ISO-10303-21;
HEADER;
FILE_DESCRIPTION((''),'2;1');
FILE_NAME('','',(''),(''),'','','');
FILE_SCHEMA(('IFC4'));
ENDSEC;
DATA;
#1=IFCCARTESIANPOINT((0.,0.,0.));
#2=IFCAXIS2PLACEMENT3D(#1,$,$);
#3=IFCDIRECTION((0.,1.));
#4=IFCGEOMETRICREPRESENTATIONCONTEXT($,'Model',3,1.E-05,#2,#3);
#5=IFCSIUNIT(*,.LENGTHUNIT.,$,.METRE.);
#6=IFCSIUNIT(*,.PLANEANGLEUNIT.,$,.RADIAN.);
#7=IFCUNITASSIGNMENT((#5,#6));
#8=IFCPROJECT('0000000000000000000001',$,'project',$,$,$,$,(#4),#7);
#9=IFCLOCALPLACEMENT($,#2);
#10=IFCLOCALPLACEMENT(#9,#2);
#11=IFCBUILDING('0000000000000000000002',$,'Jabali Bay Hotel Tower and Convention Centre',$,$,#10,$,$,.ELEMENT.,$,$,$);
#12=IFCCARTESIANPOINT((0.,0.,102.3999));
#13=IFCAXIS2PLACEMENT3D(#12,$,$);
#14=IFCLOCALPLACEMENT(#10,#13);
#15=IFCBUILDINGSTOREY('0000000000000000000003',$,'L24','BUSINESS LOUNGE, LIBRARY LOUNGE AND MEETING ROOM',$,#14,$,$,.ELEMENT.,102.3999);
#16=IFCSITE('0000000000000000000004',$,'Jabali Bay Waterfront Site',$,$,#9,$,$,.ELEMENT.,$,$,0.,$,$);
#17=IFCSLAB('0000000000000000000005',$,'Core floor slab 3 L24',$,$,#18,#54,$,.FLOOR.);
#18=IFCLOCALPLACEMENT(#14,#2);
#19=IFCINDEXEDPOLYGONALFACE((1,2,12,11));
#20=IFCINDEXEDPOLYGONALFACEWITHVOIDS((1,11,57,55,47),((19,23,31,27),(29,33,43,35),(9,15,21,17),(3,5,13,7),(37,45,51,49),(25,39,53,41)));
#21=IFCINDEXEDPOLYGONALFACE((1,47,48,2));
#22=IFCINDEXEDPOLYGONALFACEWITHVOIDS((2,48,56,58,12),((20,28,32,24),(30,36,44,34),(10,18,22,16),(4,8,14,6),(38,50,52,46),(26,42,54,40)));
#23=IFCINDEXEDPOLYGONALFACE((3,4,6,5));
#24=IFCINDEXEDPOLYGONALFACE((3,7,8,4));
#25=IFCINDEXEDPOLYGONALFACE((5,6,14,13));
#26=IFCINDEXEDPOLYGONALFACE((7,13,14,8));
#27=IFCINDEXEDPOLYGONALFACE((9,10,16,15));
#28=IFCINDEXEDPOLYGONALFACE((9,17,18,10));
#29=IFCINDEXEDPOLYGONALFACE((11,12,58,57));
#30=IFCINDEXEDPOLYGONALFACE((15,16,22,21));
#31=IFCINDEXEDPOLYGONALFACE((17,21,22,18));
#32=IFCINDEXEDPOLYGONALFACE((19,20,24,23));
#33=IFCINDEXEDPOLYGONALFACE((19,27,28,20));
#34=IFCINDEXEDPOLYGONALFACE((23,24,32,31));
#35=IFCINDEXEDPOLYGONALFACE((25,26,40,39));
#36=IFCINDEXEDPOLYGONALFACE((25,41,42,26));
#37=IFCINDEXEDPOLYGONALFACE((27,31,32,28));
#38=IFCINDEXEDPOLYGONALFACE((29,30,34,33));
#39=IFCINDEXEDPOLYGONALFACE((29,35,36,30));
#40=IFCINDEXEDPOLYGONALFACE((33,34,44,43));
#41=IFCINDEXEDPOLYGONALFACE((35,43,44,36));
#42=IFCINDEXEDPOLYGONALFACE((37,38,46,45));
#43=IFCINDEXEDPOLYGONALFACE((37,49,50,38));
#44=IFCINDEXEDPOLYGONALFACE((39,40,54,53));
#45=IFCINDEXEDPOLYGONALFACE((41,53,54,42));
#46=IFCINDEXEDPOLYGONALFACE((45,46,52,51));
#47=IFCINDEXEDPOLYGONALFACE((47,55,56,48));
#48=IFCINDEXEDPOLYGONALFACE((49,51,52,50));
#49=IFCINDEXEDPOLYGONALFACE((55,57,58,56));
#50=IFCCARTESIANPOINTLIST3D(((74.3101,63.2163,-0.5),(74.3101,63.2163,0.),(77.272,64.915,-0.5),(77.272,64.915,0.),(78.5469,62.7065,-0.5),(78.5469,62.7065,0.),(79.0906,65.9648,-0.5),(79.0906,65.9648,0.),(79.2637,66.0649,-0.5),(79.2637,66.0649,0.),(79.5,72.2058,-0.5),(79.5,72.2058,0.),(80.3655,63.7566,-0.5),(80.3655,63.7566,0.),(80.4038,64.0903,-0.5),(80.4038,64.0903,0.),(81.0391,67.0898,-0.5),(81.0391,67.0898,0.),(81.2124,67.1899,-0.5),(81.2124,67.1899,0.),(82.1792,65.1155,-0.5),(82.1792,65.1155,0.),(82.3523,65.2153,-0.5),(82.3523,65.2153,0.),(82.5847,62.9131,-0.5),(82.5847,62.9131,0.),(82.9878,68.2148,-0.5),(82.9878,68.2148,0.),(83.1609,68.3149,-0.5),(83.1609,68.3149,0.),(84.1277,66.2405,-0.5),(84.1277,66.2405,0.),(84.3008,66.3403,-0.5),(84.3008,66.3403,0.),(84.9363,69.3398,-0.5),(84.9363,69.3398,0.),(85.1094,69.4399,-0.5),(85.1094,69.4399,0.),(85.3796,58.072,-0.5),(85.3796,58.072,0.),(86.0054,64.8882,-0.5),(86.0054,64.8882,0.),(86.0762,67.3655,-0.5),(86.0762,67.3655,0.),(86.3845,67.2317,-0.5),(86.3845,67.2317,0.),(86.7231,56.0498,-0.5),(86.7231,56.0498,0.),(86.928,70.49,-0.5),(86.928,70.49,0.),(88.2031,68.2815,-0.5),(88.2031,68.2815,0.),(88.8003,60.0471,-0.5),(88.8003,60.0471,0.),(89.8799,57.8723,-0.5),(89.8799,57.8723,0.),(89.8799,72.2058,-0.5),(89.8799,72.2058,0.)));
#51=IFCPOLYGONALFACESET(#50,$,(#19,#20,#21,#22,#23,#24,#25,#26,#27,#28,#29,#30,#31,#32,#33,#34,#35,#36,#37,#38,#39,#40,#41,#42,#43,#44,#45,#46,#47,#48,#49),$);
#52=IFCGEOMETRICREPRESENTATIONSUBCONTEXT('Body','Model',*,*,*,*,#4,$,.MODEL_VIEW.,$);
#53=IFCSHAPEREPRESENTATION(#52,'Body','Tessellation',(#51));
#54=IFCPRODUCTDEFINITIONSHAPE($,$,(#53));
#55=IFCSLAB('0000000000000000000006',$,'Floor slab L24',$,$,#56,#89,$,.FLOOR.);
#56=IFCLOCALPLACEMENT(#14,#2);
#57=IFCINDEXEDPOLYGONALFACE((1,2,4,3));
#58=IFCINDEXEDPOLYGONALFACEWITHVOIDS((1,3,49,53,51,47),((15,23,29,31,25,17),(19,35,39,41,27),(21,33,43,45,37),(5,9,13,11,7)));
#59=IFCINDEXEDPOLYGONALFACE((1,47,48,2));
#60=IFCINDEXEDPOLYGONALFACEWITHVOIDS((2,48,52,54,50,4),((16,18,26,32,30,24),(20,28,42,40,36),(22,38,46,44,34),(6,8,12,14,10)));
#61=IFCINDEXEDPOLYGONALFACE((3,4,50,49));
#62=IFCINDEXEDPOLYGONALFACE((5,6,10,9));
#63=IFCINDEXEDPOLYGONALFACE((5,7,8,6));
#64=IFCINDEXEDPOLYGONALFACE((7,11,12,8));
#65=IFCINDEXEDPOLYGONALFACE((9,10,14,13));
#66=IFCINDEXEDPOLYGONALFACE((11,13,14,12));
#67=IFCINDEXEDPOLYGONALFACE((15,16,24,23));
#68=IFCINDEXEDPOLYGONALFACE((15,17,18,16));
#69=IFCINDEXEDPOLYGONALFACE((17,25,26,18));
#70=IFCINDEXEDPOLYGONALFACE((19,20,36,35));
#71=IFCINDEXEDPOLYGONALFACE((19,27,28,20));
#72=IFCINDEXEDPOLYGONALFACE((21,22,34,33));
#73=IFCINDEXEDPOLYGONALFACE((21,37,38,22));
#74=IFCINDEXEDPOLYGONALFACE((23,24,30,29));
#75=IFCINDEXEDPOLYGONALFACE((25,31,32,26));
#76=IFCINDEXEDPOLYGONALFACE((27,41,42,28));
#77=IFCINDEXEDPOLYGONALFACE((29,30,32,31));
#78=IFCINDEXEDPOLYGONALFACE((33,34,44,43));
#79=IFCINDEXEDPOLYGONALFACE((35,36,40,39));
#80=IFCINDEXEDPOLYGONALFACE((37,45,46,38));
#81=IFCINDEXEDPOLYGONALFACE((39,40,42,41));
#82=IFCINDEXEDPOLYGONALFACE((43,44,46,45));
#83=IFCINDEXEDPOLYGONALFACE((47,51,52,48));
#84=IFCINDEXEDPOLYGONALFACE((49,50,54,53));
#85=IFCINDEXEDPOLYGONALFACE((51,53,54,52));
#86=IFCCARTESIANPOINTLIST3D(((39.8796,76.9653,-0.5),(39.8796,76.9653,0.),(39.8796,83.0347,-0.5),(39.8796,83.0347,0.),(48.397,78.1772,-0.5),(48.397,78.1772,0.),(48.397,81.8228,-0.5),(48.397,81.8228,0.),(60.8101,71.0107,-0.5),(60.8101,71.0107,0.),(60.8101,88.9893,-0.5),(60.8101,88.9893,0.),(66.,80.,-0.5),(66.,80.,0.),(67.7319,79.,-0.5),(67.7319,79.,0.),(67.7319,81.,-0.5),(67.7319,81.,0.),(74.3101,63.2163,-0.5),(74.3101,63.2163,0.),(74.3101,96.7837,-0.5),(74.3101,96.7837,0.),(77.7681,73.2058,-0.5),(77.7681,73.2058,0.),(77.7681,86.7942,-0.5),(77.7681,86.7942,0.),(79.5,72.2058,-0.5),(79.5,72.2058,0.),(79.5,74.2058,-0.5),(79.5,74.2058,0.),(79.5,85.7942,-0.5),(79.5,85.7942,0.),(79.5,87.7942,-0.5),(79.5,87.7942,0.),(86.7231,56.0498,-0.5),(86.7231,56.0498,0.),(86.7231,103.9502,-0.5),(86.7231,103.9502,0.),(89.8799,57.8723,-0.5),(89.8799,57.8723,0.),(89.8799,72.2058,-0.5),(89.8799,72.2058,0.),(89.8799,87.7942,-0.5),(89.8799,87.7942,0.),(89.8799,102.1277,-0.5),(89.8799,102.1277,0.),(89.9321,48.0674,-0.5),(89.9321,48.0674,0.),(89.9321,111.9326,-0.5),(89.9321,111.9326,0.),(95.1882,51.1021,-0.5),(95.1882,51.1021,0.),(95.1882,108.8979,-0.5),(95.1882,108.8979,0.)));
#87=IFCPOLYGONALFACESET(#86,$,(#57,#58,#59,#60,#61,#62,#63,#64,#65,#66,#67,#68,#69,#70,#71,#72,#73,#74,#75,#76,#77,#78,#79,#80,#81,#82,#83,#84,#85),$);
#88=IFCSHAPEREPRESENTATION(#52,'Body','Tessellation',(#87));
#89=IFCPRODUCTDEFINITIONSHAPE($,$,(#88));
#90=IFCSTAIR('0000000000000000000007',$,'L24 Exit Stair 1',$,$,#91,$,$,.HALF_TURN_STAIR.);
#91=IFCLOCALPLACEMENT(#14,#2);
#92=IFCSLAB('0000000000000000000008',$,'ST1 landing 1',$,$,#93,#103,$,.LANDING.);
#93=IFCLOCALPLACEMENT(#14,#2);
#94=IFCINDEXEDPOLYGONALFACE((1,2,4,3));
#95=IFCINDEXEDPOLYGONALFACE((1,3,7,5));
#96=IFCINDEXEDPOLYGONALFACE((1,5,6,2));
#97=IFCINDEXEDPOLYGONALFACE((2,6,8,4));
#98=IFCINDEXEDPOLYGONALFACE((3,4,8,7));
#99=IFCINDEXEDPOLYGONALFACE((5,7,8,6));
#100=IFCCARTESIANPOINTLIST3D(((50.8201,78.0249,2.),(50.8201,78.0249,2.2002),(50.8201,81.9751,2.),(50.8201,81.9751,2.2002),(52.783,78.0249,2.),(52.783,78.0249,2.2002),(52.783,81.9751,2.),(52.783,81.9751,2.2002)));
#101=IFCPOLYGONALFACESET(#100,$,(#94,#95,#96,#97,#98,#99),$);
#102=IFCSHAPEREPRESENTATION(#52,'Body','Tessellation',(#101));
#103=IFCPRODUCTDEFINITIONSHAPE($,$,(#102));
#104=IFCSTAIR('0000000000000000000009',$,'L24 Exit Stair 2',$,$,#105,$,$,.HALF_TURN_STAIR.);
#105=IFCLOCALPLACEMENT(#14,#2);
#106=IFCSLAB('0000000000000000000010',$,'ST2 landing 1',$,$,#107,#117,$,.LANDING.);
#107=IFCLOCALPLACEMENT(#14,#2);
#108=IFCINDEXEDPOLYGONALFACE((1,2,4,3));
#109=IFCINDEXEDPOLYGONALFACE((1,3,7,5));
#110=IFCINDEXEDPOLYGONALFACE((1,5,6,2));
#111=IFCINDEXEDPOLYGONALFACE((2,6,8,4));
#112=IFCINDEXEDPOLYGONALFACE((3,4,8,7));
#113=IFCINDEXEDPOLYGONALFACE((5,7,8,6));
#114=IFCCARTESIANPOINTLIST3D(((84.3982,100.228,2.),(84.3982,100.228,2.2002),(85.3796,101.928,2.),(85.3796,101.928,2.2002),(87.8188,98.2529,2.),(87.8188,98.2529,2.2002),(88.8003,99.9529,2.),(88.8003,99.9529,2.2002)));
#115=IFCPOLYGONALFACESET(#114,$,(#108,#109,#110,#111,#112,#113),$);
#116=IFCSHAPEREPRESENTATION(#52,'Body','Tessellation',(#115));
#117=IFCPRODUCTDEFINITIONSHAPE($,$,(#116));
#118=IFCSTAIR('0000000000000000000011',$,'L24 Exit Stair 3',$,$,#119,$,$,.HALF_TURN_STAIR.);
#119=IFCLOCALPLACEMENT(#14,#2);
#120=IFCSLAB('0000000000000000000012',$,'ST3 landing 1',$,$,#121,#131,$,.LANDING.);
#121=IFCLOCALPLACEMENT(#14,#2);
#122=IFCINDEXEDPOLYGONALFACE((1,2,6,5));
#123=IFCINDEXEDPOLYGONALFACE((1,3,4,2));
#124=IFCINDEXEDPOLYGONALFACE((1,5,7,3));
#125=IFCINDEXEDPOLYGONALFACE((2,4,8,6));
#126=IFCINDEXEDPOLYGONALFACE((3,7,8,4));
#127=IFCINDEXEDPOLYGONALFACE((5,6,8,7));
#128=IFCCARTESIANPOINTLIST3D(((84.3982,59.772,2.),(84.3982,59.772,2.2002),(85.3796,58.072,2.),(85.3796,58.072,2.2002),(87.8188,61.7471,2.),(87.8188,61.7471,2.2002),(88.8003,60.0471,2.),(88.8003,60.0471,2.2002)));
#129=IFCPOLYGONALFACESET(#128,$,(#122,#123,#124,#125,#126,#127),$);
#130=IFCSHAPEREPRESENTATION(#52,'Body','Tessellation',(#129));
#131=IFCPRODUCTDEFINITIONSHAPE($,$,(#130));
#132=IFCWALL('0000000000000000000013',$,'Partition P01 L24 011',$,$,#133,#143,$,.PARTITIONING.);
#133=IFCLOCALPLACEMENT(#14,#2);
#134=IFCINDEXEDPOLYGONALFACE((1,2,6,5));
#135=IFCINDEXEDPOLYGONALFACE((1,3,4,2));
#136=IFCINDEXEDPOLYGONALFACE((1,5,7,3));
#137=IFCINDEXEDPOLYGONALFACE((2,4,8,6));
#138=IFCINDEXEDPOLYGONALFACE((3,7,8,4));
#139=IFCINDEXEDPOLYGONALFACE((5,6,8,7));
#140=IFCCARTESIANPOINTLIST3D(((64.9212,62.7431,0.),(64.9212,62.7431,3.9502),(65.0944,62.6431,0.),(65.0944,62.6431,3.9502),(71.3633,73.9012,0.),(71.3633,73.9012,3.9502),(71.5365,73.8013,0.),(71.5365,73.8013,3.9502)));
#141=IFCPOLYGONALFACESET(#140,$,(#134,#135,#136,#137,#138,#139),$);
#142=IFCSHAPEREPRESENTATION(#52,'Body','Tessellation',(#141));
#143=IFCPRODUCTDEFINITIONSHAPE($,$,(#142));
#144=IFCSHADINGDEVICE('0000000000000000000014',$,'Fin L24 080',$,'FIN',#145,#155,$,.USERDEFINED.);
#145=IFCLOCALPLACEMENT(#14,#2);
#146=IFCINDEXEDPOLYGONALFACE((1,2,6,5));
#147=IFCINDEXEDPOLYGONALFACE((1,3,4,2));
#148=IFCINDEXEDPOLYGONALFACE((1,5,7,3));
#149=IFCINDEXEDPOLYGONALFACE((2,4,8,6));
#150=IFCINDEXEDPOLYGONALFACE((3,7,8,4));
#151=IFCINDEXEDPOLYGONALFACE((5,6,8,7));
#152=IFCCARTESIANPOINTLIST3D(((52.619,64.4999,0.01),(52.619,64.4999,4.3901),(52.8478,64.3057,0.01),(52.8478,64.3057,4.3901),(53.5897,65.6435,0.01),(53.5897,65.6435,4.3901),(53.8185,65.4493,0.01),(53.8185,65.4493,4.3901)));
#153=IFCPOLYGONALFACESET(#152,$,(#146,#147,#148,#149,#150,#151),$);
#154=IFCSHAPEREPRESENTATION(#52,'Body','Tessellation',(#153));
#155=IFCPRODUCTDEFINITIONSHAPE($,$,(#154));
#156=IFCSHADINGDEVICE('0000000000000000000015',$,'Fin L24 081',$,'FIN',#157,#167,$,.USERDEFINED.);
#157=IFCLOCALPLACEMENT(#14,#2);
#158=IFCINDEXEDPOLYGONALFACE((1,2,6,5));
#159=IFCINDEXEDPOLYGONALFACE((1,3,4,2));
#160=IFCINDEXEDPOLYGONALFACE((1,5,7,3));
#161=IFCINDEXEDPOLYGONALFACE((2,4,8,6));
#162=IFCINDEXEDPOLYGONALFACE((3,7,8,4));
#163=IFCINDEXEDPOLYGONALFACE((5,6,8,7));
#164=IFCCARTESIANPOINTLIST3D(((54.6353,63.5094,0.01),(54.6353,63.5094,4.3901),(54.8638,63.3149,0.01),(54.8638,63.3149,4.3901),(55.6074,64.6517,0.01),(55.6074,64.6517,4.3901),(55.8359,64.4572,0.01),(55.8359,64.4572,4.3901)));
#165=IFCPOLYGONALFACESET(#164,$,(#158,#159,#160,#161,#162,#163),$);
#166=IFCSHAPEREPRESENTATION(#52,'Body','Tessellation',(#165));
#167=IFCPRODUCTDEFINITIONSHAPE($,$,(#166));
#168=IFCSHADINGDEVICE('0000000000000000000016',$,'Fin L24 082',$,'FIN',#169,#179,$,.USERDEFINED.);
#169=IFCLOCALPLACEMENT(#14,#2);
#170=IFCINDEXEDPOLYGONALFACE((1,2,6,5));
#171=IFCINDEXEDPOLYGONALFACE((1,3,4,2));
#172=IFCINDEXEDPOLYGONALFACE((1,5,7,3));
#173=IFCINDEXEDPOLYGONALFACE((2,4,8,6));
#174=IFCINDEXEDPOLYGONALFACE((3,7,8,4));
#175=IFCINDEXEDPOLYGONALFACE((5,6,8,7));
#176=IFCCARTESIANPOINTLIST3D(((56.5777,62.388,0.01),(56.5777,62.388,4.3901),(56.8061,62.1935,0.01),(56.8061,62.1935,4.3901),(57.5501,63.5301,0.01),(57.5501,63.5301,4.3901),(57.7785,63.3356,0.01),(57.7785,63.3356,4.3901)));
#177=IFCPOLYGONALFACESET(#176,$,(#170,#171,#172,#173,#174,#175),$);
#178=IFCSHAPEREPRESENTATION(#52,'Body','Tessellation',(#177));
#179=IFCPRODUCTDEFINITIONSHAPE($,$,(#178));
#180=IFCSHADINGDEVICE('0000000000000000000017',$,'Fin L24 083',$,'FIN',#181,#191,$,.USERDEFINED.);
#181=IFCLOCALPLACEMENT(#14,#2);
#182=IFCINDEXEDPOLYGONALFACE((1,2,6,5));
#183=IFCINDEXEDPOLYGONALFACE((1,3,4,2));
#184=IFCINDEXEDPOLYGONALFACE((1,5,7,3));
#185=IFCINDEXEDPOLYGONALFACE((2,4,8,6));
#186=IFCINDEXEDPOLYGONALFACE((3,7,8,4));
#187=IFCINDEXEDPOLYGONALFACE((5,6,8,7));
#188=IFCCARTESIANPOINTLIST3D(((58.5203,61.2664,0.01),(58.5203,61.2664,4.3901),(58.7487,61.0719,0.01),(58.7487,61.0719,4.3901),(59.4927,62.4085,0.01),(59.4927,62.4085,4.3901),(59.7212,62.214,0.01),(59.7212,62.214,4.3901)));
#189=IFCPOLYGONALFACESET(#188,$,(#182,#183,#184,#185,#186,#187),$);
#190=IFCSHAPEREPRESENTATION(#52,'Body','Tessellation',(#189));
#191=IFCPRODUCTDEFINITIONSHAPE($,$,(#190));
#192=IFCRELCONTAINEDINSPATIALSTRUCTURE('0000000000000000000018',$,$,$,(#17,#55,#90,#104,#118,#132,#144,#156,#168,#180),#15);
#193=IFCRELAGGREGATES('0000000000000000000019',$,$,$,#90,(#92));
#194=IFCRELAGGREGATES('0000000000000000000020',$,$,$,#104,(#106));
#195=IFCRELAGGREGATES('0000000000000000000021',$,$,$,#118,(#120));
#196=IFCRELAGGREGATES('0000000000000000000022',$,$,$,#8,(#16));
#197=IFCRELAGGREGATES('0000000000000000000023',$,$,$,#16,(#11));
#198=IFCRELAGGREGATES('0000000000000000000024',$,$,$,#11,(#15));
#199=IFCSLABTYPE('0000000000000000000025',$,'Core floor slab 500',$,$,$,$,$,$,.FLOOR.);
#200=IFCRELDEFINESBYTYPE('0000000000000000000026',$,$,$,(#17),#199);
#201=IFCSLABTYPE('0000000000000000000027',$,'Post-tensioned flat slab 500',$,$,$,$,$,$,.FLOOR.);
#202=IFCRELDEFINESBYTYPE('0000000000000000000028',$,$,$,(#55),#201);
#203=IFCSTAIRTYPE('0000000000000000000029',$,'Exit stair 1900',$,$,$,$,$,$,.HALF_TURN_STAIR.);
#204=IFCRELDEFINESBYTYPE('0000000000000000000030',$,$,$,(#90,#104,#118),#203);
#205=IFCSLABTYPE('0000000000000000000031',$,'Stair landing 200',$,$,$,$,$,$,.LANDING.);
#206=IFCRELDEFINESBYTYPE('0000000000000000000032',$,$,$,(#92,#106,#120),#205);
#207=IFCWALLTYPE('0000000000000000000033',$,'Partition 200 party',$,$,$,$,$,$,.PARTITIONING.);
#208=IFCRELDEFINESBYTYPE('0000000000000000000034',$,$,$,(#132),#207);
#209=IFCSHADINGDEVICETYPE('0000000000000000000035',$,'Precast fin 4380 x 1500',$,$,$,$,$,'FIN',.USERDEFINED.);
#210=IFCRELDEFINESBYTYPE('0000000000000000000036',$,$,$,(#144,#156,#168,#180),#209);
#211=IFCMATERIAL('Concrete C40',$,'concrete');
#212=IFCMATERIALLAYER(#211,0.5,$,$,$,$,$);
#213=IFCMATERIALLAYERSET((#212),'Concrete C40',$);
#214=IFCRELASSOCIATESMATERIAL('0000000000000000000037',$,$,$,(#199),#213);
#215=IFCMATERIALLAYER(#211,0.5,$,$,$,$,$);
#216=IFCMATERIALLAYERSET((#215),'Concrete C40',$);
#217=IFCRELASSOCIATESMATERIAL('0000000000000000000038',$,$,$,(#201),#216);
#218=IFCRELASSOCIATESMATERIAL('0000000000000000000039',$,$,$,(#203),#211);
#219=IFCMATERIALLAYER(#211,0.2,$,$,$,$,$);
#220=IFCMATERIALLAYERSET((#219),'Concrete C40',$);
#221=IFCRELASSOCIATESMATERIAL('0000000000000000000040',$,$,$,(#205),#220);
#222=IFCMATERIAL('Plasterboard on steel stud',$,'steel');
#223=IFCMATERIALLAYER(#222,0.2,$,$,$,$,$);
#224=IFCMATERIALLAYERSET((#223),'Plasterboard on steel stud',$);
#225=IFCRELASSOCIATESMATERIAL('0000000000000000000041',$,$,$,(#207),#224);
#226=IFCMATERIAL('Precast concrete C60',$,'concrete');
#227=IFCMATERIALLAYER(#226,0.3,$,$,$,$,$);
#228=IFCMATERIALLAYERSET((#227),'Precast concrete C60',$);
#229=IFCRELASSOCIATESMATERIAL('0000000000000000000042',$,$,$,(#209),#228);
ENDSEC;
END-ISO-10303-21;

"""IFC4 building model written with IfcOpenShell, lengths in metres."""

from ifc_helpers import new_model, si_unit, direction, frame, frame_2d, origin, place, context, subcontext, project, spatial, polyline, rectangle, outline, extrude, material, layer, layer_set, type_object, element, aggregate, save


model = new_model("IFC4")

# Units and contexts
model_context = context("Model", 3, precision=1e-05, world=origin(), true_north=direction((0.0, 1.0)))
body_context = subcontext(model_context, "Body", "Model", "MODEL_VIEW")
ifc_project = project(units=[si_unit("LENGTHUNIT", "METRE"), si_unit("PLANEANGLEUNIT", "RADIAN")], contexts=[model_context])

# Site, building, storey
site_placement = place(None, origin())
site = spatial("IfcSite", under=ifc_project, at=site_placement, Name="Jabali Bay Waterfront Site", CompositionType="ELEMENT", RefElevation=0.0)
building_placement = place(site_placement, origin())
building = spatial("IfcBuilding", under=site, at=building_placement, Name="Jabali Bay Hotel Tower and Convention Centre", CompositionType="ELEMENT")
storey_placement = place(building_placement, frame((0.0, 0.0, 102.3999)))
storey = spatial("IfcBuildingStorey", under=building, at=storey_placement, Name="L24", Description="BUSINESS LOUNGE, LIBRARY LOUNGE AND MEETING ROOM", CompositionType="ELEMENT", Elevation=102.3999)

# Slabs
ifc_material_1 = material(Name="Concrete C40", Category="concrete")
ifc_layer_1 = layer(ifc_material_1, 0.5)
ifc_layer_set_1 = layer_set([ifc_layer_1], Name="Concrete C40")
slab_type_1 = type_object("IfcSlabType", Name="Core floor slab 500", PredefinedType="FLOOR", material=ifc_layer_set_1)
slab_1_placement = place(storey_placement, frame((0.0, 0.0, -0.5)))
element("IfcSlab", 1, at=slab_1_placement, inside=storey, type_object=slab_type_1, Name="Core floor slab 3 L24", PredefinedType="FLOOR", context=body_context, shape_type="SweptSolid", body=[
    extrude(outline(polyline([(79.5, 72.2058), (74.3101, 63.2163), (86.7231, 56.0498), (89.8799, 57.8723), (89.8799, 72.2058), (79.5, 72.2058)]), holes=[polyline([(82.5847, 62.9131), (85.3796, 58.072), (88.8003, 60.0471), (86.0054, 64.8882), (82.5847, 62.9131)]), polyline([(80.3655, 63.7566), (79.0906, 65.9648), (77.272, 64.915), (78.5469, 62.7065), (80.3655, 63.7566)]), polyline([(82.1792, 65.1155), (81.0391, 67.0898), (79.2637, 66.0649), (80.4038, 64.0903), (82.1792, 65.1155)]), polyline([(82.9878, 68.2148), (81.2124, 67.1899), (82.3523, 65.2153), (84.1277, 66.2405), (82.9878, 68.2148)]), polyline([(86.0762, 67.3655), (84.9363, 69.3398), (83.1609, 68.3149), (84.3008, 66.3403), (86.0762, 67.3655)]), polyline([(88.2031, 68.2815), (86.928, 70.49), (85.1094, 69.4399), (86.3845, 67.2317), (88.2031, 68.2815)])]), origin(), (0.0, 0.0, 1.0), 0.5),
])
ifc_layer_2 = layer(ifc_material_1, 0.5)
ifc_layer_set_2 = layer_set([ifc_layer_2], Name="Concrete C40")
slab_type_2 = type_object("IfcSlabType", Name="Post-tensioned flat slab 500", PredefinedType="FLOOR", material=ifc_layer_set_2)
slab_2_placement = place(storey_placement, frame((0.0, 0.0, -0.5)))
element("IfcSlab", 2, at=slab_2_placement, inside=storey, type_object=slab_type_2, Name="Floor slab L24", PredefinedType="FLOOR", context=body_context, shape_type="SweptSolid", body=[
    extrude(outline(polyline([(89.9321, 111.9326), (95.1882, 108.8979), (95.1882, 51.1021), (89.9321, 48.0674), (39.8796, 76.9653), (39.8796, 83.0347), (89.9321, 111.9326)]), holes=[polyline([(67.7319, 79.0), (77.7681, 73.2058), (79.5, 74.2058), (79.5, 85.7942), (77.7681, 86.7942), (67.7319, 81.0), (67.7319, 79.0)]), polyline([(48.397, 78.1772), (60.8101, 71.0107), (66.0, 80.0), (60.8101, 88.9893), (48.397, 81.8228), (48.397, 78.1772)]), polyline([(89.8799, 102.1277), (86.7231, 103.9502), (74.3101, 96.7837), (79.5, 87.7942), (89.8799, 87.7942), (89.8799, 102.1277)]), polyline([(74.3101, 63.2163), (86.7231, 56.0498), (89.8799, 57.8723), (89.8799, 72.2058), (79.5, 72.2058), (74.3101, 63.2163)])]), origin(), (0.0, 0.0, 1.0), 0.5),
])

# Stairs, slabs
stair_type = type_object("IfcStairType", Name="Exit stair 1900", PredefinedType="HALF_TURN_STAIR", material=ifc_material_1)
stair_1_placement = place(storey_placement, origin())
stair_1 = element("IfcStair", 3, at=stair_1_placement, inside=storey, type_object=stair_type, Name="L24 Exit Stair 1", PredefinedType="HALF_TURN_STAIR")
ifc_layer_3 = layer(ifc_material_1, 0.2)
ifc_layer_set_3 = layer_set([ifc_layer_3], Name="Concrete C40")
slab_type_3 = type_object("IfcSlabType", Name="Stair landing 200", PredefinedType="LANDING", material=ifc_layer_set_3)
slab_3_placement = place(storey_placement, frame((0.0, 0.0, 2.0)))
slab_3 = element("IfcSlab", 4, at=slab_3_placement, type_object=slab_type_3, Name="ST1 landing 1", PredefinedType="LANDING", context=body_context, shape_type="SweptSolid", body=[
    extrude(outline(polyline([(52.783, 81.9751), (50.8201, 81.9751), (50.8201, 78.0249), (52.783, 78.0249), (52.783, 81.9751)])), origin(), (0.0, 0.0, 1.0), 0.2002),
])
aggregate(stair_1, [slab_3])
stair_2_placement = place(storey_placement, origin())
stair_2 = element("IfcStair", 5, at=stair_2_placement, inside=storey, type_object=stair_type, Name="L24 Exit Stair 2", PredefinedType="HALF_TURN_STAIR")
slab_4_placement = place(storey_placement, frame((0.0, 0.0, 2.0)))
slab_4 = element("IfcSlab", 6, at=slab_4_placement, type_object=slab_type_3, Name="ST2 landing 1", PredefinedType="LANDING", context=body_context, shape_type="SweptSolid", body=[
    extrude(outline(polyline([(87.8188, 98.2529), (88.8003, 99.9529), (85.3796, 101.928), (84.3982, 100.228), (87.8188, 98.2529)])), origin(), (0.0, 0.0, 1.0), 0.2002),
])
aggregate(stair_2, [slab_4])
stair_3_placement = place(storey_placement, origin())
stair_3 = element("IfcStair", 7, at=stair_3_placement, inside=storey, type_object=stair_type, Name="L24 Exit Stair 3", PredefinedType="HALF_TURN_STAIR")
slab_5_placement = place(storey_placement, frame((0.0, 0.0, 2.0)))
slab_5 = element("IfcSlab", 8, at=slab_5_placement, type_object=slab_type_3, Name="ST3 landing 1", PredefinedType="LANDING", context=body_context, shape_type="SweptSolid", body=[
    extrude(outline(polyline([(84.3982, 59.772), (85.3796, 58.072), (88.8003, 60.0471), (87.8188, 61.7471), (84.3982, 59.772)])), origin(), (0.0, 0.0, 1.0), 0.2002),
])
aggregate(stair_3, [slab_5])

# Wall
ifc_material_2 = material(Name="Plasterboard on steel stud", Category="steel")
ifc_layer_4 = layer(ifc_material_2, 0.2)
ifc_layer_set_4 = layer_set([ifc_layer_4], Name="Plasterboard on steel stud")
wall_type = type_object("IfcWallType", Name="Partition 200 party", PredefinedType="PARTITIONING", material=ifc_layer_set_4)
wall_1_placement = place(storey_placement, frame((65.0078, 62.6931, 0.0), z_axis=(0.0, 0.0, 1.0), x_axis=(0.499997, 0.866027, 0.0)))
element("IfcWall", 9, at=wall_1_placement, inside=storey, type_object=wall_type, Name="Partition P01 L24 011", PredefinedType="PARTITIONING", context=body_context, shape_type="SweptSolid", body=[
    extrude(rectangle(XDim=12.8843, YDim=0.2, at=frame_2d((6.4421, 0.0))), origin(), (0.0, 0.0, 1.0), 3.9502),
])

# Shading devices
ifc_material_3 = material(Name="Precast concrete C60", Category="concrete")
ifc_layer_5 = layer(ifc_material_3, 0.3)
ifc_layer_set_5 = layer_set([ifc_layer_5], Name="Precast concrete C60")
shading_device_type = type_object("IfcShadingDeviceType", Name="Precast fin 4380 x 1500", ElementType="FIN", PredefinedType="USERDEFINED", material=ifc_layer_set_5)
for number, where, z_axis, x_axis, name in (
    (10, (53.7041, 65.5464, 0.01), (0.0, 0.0, 1.0), (-0.647138, -0.762373, 0.0), "Fin L24 080"),
    (11, (55.7217, 64.5544, 0.01), (0.0, 0.0, 1.0), (-0.648107, -0.76155, 0.0), "Fin L24 081"),
    (12, (57.6643, 63.4329, 0.01), (0.0, 0.0, 1.0), (-0.648281, -0.761401, 0.0), "Fin L24 082"),
    (13, (59.6069, 62.3113, 0.01), (0.0, 0.0, 1.0), (-0.648281, -0.761401, 0.0), "Fin L24 083"),
):
    element("IfcShadingDevice", number, at=place(storey_placement, frame(where, z_axis=z_axis, x_axis=x_axis)), inside=storey, type_object=shading_device_type, Name=name, ObjectType="FIN", PredefinedType="USERDEFINED", context=body_context, shape_type="SweptSolid", body=[
        extrude(rectangle(XDim=1.5, YDim=0.3, at=frame_2d((0.75, 0.0))), origin(), (0.0, 0.0, 1.0), 4.3801),
    ])

save(model, "model.ifc")
